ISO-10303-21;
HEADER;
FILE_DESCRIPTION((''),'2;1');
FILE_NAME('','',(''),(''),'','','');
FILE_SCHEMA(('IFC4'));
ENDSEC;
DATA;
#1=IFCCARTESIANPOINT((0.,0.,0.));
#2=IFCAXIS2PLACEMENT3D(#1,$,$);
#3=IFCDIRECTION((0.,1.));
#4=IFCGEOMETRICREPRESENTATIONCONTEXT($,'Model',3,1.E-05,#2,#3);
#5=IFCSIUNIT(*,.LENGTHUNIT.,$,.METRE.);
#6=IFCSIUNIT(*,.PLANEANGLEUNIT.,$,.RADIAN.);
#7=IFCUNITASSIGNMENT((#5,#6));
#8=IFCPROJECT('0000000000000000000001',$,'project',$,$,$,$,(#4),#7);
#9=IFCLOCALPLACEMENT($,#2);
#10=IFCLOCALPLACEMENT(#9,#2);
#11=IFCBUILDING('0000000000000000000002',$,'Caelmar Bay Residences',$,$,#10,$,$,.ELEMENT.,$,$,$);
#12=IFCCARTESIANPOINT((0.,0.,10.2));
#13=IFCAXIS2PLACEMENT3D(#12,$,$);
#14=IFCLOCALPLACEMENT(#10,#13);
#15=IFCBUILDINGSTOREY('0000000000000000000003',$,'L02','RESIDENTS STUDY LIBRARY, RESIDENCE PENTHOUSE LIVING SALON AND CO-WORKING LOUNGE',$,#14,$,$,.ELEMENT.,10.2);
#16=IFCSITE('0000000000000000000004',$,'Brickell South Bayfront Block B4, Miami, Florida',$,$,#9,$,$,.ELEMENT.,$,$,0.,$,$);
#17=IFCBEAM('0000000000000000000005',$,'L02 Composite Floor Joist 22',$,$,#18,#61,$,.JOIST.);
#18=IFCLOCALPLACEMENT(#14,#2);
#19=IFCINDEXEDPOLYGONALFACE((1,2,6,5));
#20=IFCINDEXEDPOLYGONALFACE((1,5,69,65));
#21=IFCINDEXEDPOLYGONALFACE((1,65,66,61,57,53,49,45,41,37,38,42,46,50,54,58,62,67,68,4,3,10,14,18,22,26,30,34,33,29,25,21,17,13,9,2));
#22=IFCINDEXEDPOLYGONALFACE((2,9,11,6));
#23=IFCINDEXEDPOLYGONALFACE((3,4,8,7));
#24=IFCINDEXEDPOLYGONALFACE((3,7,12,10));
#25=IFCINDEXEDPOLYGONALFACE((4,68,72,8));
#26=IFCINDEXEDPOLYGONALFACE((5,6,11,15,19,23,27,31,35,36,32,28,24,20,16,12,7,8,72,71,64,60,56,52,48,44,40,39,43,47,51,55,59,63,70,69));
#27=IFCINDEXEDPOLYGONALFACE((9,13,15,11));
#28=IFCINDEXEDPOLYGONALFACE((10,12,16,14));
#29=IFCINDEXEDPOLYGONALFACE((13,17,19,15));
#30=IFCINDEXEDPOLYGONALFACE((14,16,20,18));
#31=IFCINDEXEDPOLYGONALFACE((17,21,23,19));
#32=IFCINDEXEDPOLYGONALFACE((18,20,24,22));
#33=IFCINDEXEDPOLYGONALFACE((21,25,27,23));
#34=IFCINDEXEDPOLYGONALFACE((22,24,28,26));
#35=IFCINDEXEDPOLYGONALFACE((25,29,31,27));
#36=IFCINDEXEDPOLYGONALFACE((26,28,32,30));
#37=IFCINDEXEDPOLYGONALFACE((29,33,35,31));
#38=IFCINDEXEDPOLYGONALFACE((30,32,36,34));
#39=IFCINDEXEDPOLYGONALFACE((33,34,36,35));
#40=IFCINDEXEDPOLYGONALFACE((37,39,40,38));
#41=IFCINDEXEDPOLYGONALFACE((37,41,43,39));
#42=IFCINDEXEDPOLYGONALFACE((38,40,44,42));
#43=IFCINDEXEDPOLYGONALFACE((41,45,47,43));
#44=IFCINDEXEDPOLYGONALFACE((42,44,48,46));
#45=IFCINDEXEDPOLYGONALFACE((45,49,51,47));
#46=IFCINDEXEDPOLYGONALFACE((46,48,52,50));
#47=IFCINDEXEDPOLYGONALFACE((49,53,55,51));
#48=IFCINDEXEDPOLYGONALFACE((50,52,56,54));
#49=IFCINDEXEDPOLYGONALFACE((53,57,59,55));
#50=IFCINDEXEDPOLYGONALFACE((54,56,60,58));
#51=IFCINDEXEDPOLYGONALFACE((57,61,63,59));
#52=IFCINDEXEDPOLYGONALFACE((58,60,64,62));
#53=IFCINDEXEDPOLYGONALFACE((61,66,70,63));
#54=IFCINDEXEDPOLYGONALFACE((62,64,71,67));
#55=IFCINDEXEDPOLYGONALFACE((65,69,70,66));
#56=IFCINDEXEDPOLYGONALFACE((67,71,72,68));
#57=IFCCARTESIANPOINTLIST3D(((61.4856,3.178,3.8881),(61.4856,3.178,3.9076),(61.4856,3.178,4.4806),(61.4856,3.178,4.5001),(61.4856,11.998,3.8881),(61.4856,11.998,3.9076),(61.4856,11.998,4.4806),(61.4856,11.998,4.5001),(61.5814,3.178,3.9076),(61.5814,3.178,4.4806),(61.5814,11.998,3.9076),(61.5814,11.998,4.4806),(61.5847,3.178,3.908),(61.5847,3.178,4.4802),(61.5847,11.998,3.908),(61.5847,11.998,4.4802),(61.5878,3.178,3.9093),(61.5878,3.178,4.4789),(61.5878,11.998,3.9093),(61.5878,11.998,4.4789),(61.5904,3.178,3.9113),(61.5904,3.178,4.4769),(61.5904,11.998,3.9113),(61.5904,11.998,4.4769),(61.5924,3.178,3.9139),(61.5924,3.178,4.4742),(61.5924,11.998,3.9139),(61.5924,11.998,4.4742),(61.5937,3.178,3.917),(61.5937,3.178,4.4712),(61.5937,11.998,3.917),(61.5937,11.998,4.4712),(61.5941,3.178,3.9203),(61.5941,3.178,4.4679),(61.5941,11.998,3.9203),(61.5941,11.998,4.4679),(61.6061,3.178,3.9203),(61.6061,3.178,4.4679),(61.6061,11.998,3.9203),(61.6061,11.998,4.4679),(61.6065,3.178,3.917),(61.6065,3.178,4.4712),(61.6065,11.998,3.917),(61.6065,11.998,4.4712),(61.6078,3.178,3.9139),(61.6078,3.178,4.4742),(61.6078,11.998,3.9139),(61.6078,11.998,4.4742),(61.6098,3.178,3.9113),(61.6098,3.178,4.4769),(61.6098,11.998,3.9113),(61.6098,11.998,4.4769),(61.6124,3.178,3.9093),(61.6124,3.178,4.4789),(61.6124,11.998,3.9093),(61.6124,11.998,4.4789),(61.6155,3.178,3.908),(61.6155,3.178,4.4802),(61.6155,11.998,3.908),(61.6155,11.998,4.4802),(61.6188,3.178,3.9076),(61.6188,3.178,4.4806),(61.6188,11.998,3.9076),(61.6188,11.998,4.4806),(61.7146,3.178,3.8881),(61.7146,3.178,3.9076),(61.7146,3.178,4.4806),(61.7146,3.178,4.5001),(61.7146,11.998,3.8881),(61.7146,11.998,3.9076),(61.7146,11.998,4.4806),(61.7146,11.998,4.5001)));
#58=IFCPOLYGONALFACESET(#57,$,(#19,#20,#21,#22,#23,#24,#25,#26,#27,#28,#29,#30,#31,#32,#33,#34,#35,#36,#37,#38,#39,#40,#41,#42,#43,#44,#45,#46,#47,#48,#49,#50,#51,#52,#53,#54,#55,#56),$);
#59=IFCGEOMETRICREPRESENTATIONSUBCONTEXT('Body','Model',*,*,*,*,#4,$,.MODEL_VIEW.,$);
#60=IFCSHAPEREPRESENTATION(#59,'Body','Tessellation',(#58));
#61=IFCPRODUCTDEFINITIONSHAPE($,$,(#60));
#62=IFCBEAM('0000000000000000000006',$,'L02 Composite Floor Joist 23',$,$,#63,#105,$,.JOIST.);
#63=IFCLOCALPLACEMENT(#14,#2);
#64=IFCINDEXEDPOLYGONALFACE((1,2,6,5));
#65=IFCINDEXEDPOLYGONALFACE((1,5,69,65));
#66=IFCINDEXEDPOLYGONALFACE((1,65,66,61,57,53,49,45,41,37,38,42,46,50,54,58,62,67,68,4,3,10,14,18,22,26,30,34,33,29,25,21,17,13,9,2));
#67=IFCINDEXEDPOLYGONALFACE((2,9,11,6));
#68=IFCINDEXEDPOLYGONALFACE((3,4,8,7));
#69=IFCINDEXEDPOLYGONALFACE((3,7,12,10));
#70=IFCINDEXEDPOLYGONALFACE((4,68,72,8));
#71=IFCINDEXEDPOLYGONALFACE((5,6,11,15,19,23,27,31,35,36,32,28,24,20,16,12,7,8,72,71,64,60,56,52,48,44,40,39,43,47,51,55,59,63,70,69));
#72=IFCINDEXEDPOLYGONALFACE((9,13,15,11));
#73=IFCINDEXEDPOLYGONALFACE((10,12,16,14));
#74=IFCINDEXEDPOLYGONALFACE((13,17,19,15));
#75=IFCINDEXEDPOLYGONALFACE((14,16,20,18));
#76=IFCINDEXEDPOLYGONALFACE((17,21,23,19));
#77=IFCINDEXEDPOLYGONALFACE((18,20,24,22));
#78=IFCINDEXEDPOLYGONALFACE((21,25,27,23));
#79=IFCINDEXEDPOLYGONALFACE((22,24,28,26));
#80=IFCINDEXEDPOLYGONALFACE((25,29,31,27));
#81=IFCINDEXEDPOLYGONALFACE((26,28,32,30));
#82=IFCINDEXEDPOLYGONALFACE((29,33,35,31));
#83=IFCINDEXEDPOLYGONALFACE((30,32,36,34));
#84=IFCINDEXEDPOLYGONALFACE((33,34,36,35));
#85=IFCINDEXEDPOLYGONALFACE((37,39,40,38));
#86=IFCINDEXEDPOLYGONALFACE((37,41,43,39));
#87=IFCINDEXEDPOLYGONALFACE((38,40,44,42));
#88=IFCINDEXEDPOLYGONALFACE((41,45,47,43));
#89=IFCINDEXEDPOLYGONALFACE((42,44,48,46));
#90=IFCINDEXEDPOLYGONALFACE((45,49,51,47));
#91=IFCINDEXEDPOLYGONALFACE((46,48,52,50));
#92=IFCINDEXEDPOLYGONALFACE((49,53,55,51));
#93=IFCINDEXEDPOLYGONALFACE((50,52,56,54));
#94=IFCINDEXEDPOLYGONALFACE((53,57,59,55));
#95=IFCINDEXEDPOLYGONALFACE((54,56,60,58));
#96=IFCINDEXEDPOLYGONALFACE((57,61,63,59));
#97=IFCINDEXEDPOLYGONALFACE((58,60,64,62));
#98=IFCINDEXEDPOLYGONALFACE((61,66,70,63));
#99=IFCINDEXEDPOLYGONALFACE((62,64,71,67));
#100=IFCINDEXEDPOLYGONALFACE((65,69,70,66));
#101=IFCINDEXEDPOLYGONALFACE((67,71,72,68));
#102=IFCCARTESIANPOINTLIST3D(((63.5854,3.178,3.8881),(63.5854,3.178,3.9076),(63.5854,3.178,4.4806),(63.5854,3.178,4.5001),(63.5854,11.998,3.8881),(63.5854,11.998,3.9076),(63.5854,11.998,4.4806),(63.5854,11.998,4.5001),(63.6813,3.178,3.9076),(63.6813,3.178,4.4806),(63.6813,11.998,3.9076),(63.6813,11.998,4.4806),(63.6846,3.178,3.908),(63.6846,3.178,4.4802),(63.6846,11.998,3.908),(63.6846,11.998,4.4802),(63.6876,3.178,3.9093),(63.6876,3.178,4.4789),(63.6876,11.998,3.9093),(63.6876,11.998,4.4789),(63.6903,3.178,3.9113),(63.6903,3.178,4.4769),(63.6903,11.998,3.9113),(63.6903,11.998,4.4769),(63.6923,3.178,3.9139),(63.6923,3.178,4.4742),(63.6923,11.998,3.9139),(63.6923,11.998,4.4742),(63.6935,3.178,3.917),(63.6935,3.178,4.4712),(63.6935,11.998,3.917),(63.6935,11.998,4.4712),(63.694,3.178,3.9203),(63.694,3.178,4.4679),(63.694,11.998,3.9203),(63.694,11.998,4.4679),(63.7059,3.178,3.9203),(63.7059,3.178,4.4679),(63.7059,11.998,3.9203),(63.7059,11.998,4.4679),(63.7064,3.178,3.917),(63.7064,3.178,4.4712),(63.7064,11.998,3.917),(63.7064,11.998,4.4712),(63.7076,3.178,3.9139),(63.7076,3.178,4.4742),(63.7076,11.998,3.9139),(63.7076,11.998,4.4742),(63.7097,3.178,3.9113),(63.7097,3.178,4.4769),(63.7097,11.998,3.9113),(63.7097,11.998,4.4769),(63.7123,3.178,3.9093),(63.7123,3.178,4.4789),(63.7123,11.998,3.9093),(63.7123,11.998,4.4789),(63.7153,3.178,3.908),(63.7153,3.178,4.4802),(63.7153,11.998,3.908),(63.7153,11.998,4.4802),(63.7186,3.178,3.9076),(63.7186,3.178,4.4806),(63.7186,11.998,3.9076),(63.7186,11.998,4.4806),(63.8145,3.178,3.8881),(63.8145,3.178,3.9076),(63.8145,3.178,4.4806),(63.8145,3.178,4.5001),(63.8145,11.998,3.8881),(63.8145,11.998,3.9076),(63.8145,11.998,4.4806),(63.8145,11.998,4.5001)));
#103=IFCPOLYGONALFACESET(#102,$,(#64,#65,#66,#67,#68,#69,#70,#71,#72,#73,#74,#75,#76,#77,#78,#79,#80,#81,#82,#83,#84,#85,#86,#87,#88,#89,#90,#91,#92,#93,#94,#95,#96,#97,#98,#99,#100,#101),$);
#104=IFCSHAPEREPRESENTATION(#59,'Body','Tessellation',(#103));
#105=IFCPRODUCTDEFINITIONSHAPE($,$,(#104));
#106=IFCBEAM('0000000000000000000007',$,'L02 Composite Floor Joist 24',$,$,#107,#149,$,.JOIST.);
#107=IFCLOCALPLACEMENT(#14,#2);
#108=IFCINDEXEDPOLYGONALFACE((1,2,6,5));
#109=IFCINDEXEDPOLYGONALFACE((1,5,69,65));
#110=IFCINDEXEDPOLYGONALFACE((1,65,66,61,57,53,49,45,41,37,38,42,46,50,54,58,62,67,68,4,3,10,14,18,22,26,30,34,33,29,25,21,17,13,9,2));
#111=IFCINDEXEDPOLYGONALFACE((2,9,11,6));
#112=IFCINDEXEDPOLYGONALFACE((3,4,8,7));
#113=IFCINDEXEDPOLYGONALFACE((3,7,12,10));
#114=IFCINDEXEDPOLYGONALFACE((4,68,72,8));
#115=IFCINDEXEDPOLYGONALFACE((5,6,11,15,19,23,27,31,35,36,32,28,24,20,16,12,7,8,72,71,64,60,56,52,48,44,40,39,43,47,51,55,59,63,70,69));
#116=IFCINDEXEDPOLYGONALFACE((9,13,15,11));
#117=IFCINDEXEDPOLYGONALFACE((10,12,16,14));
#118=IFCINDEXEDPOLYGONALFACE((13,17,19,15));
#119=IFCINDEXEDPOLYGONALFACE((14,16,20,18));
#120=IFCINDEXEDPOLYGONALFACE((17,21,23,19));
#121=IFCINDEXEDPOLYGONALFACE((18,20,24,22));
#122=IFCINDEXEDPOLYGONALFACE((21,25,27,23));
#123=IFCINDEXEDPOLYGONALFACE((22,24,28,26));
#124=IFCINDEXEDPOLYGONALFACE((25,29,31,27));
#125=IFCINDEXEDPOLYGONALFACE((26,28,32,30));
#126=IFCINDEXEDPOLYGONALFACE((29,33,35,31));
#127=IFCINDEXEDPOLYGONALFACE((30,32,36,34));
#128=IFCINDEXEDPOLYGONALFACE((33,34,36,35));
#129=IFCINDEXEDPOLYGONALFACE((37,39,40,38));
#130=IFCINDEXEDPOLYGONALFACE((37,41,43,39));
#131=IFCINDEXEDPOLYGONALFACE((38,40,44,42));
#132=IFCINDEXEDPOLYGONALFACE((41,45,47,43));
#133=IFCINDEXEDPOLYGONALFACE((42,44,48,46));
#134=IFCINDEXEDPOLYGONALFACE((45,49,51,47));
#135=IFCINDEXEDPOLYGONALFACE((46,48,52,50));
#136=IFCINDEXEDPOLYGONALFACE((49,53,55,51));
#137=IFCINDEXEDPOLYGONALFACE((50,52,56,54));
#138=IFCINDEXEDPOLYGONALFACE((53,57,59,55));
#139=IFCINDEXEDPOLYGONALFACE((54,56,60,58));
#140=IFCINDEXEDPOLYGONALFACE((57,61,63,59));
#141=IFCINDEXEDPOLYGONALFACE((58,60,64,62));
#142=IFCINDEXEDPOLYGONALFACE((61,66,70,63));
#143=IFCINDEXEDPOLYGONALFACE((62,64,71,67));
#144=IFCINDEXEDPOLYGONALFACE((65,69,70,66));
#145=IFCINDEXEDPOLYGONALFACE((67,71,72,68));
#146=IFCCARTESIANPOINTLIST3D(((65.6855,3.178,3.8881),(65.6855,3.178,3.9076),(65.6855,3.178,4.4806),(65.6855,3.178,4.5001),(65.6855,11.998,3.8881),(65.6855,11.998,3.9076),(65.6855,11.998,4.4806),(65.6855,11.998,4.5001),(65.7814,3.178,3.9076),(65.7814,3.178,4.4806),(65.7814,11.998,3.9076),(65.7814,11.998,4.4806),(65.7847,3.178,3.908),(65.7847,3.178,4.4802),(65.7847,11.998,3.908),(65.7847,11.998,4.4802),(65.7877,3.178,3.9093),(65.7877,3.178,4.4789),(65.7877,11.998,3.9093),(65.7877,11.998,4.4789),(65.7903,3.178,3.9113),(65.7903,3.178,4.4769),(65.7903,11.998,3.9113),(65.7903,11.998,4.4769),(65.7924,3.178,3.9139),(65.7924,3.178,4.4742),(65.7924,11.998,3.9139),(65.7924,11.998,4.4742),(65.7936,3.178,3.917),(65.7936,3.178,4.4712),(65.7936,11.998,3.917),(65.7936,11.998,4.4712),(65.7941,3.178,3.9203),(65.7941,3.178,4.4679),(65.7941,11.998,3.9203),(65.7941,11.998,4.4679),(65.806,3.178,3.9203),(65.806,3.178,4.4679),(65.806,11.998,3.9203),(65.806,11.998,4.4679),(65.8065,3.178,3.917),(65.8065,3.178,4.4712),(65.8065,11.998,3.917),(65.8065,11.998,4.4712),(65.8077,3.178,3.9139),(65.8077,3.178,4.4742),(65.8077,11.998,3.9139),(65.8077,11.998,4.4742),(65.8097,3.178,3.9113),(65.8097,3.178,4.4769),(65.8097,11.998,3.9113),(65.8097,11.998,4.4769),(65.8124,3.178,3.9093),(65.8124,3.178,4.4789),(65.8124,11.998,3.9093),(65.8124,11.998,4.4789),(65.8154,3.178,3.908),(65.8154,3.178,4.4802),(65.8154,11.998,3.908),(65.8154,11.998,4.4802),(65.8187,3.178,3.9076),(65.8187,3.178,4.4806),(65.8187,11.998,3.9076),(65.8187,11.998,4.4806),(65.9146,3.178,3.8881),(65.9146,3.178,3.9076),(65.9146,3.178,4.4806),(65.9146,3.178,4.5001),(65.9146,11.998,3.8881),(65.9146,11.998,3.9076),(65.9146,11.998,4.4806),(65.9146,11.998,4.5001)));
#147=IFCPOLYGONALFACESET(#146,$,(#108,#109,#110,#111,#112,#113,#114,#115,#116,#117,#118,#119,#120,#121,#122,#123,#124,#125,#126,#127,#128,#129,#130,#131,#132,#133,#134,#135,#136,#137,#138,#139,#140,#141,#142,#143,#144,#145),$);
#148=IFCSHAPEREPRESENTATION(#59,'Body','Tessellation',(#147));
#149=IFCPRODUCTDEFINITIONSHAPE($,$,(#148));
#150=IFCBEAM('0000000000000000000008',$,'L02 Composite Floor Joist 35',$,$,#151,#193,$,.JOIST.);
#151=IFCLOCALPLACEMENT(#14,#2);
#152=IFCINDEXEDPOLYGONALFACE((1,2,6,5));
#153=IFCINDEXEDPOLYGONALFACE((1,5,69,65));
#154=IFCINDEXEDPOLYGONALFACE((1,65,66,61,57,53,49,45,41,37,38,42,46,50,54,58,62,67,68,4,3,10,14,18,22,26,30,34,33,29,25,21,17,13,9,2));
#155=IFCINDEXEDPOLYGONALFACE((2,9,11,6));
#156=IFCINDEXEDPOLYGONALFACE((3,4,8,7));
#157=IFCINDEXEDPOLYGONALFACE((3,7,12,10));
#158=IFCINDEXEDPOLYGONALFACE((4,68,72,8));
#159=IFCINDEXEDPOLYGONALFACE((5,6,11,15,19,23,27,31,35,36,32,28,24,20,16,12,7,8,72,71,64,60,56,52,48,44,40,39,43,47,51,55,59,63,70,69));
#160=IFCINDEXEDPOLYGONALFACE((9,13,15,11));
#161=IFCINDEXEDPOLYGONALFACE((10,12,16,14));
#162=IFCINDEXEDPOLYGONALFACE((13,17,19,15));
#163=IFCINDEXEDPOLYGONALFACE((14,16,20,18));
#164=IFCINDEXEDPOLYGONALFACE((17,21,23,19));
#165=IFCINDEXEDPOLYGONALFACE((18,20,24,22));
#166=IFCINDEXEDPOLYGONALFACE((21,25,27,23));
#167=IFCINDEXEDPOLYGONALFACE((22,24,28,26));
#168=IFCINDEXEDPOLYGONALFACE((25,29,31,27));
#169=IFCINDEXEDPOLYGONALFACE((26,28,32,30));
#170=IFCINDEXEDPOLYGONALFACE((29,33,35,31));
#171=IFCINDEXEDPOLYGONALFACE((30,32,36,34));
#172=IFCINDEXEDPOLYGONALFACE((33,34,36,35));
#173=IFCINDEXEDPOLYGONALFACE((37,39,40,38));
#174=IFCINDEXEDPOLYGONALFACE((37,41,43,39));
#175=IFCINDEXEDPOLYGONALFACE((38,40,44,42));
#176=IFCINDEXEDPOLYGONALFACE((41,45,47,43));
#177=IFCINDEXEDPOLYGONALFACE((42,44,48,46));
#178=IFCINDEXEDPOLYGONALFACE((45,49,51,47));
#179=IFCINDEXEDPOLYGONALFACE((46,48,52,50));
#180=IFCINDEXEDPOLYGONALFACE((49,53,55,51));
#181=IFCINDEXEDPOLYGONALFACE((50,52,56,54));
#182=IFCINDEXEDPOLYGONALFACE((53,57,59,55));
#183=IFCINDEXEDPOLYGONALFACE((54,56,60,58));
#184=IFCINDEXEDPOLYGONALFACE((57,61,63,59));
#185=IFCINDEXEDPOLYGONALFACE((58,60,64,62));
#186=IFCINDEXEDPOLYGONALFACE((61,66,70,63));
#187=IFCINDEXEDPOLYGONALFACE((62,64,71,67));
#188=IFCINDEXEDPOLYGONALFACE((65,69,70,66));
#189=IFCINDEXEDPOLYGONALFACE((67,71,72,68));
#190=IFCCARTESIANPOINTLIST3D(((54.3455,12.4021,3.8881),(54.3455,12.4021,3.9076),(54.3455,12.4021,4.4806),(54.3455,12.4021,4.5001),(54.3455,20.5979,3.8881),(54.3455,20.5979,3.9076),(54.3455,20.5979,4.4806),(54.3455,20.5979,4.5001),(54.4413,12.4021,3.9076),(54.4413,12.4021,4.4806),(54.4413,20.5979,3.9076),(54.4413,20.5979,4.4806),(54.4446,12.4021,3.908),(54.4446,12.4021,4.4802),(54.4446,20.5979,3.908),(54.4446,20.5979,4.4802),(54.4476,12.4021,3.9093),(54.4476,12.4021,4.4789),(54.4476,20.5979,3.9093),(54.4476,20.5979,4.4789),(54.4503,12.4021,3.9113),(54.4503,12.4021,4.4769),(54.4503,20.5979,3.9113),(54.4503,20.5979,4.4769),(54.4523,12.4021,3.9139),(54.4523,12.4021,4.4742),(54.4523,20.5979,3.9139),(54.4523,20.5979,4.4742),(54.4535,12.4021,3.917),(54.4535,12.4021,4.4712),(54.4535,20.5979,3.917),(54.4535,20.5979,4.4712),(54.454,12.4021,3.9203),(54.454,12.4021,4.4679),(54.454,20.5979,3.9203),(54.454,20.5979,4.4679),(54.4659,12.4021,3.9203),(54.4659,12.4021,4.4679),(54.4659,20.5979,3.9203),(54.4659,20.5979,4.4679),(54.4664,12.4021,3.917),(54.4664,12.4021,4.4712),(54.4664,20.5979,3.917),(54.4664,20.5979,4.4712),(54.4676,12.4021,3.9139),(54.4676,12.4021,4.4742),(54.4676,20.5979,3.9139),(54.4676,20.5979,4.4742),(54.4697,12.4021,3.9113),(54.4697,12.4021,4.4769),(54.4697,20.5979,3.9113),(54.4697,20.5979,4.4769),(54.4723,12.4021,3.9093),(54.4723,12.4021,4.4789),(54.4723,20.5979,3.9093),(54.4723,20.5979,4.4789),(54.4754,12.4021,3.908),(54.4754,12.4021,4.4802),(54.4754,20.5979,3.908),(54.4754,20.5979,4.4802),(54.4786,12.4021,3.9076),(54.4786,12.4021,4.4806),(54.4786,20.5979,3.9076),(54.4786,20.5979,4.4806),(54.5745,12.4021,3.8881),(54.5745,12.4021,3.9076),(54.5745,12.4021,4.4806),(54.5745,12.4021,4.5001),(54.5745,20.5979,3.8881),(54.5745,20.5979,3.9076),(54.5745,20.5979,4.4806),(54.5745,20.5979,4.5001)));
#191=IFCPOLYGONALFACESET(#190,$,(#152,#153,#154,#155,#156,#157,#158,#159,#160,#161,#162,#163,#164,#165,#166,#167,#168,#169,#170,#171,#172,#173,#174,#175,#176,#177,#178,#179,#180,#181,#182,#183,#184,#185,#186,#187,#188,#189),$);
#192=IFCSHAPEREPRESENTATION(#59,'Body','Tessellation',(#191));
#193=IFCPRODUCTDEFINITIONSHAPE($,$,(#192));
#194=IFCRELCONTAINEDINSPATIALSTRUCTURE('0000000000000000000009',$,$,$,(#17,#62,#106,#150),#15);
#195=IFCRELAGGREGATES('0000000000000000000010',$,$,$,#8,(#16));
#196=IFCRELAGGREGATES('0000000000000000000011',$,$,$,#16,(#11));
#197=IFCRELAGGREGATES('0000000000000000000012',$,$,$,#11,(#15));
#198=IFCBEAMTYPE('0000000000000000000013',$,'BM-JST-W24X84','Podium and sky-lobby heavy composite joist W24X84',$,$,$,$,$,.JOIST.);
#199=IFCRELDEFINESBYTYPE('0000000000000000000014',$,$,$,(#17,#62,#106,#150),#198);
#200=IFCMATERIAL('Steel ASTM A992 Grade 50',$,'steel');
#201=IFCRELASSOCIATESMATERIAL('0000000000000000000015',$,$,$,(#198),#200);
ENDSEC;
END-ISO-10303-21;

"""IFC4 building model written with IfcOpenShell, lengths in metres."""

from ifc_helpers import new_model, si_unit, direction, frame, origin, origin_2d, place, context, subcontext, project, spatial, i_section, extrude, material, material_profile, profile_set, type_object, element, save


model = new_model("IFC4")

# Units and contexts
model_context = context("Model", 3, precision=1e-05, world=origin(), true_north=direction((0.0, 1.0)))
body_context = subcontext(model_context, "Body", "Model", "MODEL_VIEW")
ifc_project = project(units=[si_unit("LENGTHUNIT", "METRE"), si_unit("PLANEANGLEUNIT", "RADIAN")], contexts=[model_context])

# Site, building, storey
site_placement = place(None, origin())
site = spatial("IfcSite", under=ifc_project, at=site_placement, Name="Brickell South Bayfront Block B4, Miami, Florida", CompositionType="ELEMENT", RefElevation=0.0)
building_placement = place(site_placement, origin())
building = spatial("IfcBuilding", under=site, at=building_placement, Name="Caelmar Bay Residences", CompositionType="ELEMENT")
storey_placement = place(building_placement, frame((0.0, 0.0, 10.2)))
storey = spatial("IfcBuildingStorey", under=building, at=storey_placement, Name="L02", Description="RESIDENTS STUDY LIBRARY, RESIDENCE PENTHOUSE LIVING SALON AND CO-WORKING LOUNGE", CompositionType="ELEMENT", Elevation=10.2)

# Beams
ifc_material_1 = material(Name="Steel ASTM A992 Grade 50", Category="steel")
ifc_material_profile_1 = material_profile(ifc_material_1, i_section(OverallWidth=0.229, OverallDepth=0.6121, WebThickness=0.012, FlangeThickness=0.0195, FilletRadius=0.0127, at=origin_2d()), Name="W24X84")
ifc_profile_set_1 = profile_set([ifc_material_profile_1], Name="Steel ASTM A992 Grade 50")
beam_type_1 = type_object("IfcBeamType", Name="BM-JST-W24X84", Description="Podium and sky-lobby heavy composite joist W24X84", PredefinedType="JOIST", material=ifc_profile_set_1)
for number, where, z_axis, x_axis, name in (
    (1, (61.6001, 3.178, 4.1941), (0.0, 1.0, 0.0), (-1.0, 0.0, 0.0), "L02 Composite Floor Joist 22"),
    (2, (63.7, 3.178, 4.1941), (0.0, 1.0, 0.0), (-1.0, 0.0, 0.0), "L02 Composite Floor Joist 23"),
    (3, (65.8, 3.178, 4.1941), (0.0, 1.0, 0.0), (-1.0, 0.0, 0.0), "L02 Composite Floor Joist 24"),
):
    element("IfcBeam", number, at=place(storey_placement, frame(where, z_axis=z_axis, x_axis=x_axis)), inside=storey, type_object=beam_type_1, Name=name, PredefinedType="JOIST", context=body_context, shape_type="SweptSolid", body=[
        extrude(i_section(OverallWidth=0.229, OverallDepth=0.6121, WebThickness=0.012, FlangeThickness=0.0195, FilletRadius=0.0127, at=origin_2d()), origin(), (0.0, 0.0, 1.0), 8.8201),
    ])
for number, where, z_axis, x_axis, name in (
    (4, (54.46, 12.4021, 4.1941), (0.0, 1.0, 0.0), (-1.0, 0.0, 0.0), "L02 Composite Floor Joist 35"),
):
    element("IfcBeam", number, at=place(storey_placement, frame(where, z_axis=z_axis, x_axis=x_axis)), inside=storey, type_object=beam_type_1, Name=name, PredefinedType="JOIST", context=body_context, shape_type="SweptSolid", body=[
        extrude(i_section(OverallWidth=0.229, OverallDepth=0.6121, WebThickness=0.012, FlangeThickness=0.0195, FilletRadius=0.0127, at=origin_2d()), origin(), (0.0, 0.0, 1.0), 8.1958),
    ])

save(model, "model.ifc")
